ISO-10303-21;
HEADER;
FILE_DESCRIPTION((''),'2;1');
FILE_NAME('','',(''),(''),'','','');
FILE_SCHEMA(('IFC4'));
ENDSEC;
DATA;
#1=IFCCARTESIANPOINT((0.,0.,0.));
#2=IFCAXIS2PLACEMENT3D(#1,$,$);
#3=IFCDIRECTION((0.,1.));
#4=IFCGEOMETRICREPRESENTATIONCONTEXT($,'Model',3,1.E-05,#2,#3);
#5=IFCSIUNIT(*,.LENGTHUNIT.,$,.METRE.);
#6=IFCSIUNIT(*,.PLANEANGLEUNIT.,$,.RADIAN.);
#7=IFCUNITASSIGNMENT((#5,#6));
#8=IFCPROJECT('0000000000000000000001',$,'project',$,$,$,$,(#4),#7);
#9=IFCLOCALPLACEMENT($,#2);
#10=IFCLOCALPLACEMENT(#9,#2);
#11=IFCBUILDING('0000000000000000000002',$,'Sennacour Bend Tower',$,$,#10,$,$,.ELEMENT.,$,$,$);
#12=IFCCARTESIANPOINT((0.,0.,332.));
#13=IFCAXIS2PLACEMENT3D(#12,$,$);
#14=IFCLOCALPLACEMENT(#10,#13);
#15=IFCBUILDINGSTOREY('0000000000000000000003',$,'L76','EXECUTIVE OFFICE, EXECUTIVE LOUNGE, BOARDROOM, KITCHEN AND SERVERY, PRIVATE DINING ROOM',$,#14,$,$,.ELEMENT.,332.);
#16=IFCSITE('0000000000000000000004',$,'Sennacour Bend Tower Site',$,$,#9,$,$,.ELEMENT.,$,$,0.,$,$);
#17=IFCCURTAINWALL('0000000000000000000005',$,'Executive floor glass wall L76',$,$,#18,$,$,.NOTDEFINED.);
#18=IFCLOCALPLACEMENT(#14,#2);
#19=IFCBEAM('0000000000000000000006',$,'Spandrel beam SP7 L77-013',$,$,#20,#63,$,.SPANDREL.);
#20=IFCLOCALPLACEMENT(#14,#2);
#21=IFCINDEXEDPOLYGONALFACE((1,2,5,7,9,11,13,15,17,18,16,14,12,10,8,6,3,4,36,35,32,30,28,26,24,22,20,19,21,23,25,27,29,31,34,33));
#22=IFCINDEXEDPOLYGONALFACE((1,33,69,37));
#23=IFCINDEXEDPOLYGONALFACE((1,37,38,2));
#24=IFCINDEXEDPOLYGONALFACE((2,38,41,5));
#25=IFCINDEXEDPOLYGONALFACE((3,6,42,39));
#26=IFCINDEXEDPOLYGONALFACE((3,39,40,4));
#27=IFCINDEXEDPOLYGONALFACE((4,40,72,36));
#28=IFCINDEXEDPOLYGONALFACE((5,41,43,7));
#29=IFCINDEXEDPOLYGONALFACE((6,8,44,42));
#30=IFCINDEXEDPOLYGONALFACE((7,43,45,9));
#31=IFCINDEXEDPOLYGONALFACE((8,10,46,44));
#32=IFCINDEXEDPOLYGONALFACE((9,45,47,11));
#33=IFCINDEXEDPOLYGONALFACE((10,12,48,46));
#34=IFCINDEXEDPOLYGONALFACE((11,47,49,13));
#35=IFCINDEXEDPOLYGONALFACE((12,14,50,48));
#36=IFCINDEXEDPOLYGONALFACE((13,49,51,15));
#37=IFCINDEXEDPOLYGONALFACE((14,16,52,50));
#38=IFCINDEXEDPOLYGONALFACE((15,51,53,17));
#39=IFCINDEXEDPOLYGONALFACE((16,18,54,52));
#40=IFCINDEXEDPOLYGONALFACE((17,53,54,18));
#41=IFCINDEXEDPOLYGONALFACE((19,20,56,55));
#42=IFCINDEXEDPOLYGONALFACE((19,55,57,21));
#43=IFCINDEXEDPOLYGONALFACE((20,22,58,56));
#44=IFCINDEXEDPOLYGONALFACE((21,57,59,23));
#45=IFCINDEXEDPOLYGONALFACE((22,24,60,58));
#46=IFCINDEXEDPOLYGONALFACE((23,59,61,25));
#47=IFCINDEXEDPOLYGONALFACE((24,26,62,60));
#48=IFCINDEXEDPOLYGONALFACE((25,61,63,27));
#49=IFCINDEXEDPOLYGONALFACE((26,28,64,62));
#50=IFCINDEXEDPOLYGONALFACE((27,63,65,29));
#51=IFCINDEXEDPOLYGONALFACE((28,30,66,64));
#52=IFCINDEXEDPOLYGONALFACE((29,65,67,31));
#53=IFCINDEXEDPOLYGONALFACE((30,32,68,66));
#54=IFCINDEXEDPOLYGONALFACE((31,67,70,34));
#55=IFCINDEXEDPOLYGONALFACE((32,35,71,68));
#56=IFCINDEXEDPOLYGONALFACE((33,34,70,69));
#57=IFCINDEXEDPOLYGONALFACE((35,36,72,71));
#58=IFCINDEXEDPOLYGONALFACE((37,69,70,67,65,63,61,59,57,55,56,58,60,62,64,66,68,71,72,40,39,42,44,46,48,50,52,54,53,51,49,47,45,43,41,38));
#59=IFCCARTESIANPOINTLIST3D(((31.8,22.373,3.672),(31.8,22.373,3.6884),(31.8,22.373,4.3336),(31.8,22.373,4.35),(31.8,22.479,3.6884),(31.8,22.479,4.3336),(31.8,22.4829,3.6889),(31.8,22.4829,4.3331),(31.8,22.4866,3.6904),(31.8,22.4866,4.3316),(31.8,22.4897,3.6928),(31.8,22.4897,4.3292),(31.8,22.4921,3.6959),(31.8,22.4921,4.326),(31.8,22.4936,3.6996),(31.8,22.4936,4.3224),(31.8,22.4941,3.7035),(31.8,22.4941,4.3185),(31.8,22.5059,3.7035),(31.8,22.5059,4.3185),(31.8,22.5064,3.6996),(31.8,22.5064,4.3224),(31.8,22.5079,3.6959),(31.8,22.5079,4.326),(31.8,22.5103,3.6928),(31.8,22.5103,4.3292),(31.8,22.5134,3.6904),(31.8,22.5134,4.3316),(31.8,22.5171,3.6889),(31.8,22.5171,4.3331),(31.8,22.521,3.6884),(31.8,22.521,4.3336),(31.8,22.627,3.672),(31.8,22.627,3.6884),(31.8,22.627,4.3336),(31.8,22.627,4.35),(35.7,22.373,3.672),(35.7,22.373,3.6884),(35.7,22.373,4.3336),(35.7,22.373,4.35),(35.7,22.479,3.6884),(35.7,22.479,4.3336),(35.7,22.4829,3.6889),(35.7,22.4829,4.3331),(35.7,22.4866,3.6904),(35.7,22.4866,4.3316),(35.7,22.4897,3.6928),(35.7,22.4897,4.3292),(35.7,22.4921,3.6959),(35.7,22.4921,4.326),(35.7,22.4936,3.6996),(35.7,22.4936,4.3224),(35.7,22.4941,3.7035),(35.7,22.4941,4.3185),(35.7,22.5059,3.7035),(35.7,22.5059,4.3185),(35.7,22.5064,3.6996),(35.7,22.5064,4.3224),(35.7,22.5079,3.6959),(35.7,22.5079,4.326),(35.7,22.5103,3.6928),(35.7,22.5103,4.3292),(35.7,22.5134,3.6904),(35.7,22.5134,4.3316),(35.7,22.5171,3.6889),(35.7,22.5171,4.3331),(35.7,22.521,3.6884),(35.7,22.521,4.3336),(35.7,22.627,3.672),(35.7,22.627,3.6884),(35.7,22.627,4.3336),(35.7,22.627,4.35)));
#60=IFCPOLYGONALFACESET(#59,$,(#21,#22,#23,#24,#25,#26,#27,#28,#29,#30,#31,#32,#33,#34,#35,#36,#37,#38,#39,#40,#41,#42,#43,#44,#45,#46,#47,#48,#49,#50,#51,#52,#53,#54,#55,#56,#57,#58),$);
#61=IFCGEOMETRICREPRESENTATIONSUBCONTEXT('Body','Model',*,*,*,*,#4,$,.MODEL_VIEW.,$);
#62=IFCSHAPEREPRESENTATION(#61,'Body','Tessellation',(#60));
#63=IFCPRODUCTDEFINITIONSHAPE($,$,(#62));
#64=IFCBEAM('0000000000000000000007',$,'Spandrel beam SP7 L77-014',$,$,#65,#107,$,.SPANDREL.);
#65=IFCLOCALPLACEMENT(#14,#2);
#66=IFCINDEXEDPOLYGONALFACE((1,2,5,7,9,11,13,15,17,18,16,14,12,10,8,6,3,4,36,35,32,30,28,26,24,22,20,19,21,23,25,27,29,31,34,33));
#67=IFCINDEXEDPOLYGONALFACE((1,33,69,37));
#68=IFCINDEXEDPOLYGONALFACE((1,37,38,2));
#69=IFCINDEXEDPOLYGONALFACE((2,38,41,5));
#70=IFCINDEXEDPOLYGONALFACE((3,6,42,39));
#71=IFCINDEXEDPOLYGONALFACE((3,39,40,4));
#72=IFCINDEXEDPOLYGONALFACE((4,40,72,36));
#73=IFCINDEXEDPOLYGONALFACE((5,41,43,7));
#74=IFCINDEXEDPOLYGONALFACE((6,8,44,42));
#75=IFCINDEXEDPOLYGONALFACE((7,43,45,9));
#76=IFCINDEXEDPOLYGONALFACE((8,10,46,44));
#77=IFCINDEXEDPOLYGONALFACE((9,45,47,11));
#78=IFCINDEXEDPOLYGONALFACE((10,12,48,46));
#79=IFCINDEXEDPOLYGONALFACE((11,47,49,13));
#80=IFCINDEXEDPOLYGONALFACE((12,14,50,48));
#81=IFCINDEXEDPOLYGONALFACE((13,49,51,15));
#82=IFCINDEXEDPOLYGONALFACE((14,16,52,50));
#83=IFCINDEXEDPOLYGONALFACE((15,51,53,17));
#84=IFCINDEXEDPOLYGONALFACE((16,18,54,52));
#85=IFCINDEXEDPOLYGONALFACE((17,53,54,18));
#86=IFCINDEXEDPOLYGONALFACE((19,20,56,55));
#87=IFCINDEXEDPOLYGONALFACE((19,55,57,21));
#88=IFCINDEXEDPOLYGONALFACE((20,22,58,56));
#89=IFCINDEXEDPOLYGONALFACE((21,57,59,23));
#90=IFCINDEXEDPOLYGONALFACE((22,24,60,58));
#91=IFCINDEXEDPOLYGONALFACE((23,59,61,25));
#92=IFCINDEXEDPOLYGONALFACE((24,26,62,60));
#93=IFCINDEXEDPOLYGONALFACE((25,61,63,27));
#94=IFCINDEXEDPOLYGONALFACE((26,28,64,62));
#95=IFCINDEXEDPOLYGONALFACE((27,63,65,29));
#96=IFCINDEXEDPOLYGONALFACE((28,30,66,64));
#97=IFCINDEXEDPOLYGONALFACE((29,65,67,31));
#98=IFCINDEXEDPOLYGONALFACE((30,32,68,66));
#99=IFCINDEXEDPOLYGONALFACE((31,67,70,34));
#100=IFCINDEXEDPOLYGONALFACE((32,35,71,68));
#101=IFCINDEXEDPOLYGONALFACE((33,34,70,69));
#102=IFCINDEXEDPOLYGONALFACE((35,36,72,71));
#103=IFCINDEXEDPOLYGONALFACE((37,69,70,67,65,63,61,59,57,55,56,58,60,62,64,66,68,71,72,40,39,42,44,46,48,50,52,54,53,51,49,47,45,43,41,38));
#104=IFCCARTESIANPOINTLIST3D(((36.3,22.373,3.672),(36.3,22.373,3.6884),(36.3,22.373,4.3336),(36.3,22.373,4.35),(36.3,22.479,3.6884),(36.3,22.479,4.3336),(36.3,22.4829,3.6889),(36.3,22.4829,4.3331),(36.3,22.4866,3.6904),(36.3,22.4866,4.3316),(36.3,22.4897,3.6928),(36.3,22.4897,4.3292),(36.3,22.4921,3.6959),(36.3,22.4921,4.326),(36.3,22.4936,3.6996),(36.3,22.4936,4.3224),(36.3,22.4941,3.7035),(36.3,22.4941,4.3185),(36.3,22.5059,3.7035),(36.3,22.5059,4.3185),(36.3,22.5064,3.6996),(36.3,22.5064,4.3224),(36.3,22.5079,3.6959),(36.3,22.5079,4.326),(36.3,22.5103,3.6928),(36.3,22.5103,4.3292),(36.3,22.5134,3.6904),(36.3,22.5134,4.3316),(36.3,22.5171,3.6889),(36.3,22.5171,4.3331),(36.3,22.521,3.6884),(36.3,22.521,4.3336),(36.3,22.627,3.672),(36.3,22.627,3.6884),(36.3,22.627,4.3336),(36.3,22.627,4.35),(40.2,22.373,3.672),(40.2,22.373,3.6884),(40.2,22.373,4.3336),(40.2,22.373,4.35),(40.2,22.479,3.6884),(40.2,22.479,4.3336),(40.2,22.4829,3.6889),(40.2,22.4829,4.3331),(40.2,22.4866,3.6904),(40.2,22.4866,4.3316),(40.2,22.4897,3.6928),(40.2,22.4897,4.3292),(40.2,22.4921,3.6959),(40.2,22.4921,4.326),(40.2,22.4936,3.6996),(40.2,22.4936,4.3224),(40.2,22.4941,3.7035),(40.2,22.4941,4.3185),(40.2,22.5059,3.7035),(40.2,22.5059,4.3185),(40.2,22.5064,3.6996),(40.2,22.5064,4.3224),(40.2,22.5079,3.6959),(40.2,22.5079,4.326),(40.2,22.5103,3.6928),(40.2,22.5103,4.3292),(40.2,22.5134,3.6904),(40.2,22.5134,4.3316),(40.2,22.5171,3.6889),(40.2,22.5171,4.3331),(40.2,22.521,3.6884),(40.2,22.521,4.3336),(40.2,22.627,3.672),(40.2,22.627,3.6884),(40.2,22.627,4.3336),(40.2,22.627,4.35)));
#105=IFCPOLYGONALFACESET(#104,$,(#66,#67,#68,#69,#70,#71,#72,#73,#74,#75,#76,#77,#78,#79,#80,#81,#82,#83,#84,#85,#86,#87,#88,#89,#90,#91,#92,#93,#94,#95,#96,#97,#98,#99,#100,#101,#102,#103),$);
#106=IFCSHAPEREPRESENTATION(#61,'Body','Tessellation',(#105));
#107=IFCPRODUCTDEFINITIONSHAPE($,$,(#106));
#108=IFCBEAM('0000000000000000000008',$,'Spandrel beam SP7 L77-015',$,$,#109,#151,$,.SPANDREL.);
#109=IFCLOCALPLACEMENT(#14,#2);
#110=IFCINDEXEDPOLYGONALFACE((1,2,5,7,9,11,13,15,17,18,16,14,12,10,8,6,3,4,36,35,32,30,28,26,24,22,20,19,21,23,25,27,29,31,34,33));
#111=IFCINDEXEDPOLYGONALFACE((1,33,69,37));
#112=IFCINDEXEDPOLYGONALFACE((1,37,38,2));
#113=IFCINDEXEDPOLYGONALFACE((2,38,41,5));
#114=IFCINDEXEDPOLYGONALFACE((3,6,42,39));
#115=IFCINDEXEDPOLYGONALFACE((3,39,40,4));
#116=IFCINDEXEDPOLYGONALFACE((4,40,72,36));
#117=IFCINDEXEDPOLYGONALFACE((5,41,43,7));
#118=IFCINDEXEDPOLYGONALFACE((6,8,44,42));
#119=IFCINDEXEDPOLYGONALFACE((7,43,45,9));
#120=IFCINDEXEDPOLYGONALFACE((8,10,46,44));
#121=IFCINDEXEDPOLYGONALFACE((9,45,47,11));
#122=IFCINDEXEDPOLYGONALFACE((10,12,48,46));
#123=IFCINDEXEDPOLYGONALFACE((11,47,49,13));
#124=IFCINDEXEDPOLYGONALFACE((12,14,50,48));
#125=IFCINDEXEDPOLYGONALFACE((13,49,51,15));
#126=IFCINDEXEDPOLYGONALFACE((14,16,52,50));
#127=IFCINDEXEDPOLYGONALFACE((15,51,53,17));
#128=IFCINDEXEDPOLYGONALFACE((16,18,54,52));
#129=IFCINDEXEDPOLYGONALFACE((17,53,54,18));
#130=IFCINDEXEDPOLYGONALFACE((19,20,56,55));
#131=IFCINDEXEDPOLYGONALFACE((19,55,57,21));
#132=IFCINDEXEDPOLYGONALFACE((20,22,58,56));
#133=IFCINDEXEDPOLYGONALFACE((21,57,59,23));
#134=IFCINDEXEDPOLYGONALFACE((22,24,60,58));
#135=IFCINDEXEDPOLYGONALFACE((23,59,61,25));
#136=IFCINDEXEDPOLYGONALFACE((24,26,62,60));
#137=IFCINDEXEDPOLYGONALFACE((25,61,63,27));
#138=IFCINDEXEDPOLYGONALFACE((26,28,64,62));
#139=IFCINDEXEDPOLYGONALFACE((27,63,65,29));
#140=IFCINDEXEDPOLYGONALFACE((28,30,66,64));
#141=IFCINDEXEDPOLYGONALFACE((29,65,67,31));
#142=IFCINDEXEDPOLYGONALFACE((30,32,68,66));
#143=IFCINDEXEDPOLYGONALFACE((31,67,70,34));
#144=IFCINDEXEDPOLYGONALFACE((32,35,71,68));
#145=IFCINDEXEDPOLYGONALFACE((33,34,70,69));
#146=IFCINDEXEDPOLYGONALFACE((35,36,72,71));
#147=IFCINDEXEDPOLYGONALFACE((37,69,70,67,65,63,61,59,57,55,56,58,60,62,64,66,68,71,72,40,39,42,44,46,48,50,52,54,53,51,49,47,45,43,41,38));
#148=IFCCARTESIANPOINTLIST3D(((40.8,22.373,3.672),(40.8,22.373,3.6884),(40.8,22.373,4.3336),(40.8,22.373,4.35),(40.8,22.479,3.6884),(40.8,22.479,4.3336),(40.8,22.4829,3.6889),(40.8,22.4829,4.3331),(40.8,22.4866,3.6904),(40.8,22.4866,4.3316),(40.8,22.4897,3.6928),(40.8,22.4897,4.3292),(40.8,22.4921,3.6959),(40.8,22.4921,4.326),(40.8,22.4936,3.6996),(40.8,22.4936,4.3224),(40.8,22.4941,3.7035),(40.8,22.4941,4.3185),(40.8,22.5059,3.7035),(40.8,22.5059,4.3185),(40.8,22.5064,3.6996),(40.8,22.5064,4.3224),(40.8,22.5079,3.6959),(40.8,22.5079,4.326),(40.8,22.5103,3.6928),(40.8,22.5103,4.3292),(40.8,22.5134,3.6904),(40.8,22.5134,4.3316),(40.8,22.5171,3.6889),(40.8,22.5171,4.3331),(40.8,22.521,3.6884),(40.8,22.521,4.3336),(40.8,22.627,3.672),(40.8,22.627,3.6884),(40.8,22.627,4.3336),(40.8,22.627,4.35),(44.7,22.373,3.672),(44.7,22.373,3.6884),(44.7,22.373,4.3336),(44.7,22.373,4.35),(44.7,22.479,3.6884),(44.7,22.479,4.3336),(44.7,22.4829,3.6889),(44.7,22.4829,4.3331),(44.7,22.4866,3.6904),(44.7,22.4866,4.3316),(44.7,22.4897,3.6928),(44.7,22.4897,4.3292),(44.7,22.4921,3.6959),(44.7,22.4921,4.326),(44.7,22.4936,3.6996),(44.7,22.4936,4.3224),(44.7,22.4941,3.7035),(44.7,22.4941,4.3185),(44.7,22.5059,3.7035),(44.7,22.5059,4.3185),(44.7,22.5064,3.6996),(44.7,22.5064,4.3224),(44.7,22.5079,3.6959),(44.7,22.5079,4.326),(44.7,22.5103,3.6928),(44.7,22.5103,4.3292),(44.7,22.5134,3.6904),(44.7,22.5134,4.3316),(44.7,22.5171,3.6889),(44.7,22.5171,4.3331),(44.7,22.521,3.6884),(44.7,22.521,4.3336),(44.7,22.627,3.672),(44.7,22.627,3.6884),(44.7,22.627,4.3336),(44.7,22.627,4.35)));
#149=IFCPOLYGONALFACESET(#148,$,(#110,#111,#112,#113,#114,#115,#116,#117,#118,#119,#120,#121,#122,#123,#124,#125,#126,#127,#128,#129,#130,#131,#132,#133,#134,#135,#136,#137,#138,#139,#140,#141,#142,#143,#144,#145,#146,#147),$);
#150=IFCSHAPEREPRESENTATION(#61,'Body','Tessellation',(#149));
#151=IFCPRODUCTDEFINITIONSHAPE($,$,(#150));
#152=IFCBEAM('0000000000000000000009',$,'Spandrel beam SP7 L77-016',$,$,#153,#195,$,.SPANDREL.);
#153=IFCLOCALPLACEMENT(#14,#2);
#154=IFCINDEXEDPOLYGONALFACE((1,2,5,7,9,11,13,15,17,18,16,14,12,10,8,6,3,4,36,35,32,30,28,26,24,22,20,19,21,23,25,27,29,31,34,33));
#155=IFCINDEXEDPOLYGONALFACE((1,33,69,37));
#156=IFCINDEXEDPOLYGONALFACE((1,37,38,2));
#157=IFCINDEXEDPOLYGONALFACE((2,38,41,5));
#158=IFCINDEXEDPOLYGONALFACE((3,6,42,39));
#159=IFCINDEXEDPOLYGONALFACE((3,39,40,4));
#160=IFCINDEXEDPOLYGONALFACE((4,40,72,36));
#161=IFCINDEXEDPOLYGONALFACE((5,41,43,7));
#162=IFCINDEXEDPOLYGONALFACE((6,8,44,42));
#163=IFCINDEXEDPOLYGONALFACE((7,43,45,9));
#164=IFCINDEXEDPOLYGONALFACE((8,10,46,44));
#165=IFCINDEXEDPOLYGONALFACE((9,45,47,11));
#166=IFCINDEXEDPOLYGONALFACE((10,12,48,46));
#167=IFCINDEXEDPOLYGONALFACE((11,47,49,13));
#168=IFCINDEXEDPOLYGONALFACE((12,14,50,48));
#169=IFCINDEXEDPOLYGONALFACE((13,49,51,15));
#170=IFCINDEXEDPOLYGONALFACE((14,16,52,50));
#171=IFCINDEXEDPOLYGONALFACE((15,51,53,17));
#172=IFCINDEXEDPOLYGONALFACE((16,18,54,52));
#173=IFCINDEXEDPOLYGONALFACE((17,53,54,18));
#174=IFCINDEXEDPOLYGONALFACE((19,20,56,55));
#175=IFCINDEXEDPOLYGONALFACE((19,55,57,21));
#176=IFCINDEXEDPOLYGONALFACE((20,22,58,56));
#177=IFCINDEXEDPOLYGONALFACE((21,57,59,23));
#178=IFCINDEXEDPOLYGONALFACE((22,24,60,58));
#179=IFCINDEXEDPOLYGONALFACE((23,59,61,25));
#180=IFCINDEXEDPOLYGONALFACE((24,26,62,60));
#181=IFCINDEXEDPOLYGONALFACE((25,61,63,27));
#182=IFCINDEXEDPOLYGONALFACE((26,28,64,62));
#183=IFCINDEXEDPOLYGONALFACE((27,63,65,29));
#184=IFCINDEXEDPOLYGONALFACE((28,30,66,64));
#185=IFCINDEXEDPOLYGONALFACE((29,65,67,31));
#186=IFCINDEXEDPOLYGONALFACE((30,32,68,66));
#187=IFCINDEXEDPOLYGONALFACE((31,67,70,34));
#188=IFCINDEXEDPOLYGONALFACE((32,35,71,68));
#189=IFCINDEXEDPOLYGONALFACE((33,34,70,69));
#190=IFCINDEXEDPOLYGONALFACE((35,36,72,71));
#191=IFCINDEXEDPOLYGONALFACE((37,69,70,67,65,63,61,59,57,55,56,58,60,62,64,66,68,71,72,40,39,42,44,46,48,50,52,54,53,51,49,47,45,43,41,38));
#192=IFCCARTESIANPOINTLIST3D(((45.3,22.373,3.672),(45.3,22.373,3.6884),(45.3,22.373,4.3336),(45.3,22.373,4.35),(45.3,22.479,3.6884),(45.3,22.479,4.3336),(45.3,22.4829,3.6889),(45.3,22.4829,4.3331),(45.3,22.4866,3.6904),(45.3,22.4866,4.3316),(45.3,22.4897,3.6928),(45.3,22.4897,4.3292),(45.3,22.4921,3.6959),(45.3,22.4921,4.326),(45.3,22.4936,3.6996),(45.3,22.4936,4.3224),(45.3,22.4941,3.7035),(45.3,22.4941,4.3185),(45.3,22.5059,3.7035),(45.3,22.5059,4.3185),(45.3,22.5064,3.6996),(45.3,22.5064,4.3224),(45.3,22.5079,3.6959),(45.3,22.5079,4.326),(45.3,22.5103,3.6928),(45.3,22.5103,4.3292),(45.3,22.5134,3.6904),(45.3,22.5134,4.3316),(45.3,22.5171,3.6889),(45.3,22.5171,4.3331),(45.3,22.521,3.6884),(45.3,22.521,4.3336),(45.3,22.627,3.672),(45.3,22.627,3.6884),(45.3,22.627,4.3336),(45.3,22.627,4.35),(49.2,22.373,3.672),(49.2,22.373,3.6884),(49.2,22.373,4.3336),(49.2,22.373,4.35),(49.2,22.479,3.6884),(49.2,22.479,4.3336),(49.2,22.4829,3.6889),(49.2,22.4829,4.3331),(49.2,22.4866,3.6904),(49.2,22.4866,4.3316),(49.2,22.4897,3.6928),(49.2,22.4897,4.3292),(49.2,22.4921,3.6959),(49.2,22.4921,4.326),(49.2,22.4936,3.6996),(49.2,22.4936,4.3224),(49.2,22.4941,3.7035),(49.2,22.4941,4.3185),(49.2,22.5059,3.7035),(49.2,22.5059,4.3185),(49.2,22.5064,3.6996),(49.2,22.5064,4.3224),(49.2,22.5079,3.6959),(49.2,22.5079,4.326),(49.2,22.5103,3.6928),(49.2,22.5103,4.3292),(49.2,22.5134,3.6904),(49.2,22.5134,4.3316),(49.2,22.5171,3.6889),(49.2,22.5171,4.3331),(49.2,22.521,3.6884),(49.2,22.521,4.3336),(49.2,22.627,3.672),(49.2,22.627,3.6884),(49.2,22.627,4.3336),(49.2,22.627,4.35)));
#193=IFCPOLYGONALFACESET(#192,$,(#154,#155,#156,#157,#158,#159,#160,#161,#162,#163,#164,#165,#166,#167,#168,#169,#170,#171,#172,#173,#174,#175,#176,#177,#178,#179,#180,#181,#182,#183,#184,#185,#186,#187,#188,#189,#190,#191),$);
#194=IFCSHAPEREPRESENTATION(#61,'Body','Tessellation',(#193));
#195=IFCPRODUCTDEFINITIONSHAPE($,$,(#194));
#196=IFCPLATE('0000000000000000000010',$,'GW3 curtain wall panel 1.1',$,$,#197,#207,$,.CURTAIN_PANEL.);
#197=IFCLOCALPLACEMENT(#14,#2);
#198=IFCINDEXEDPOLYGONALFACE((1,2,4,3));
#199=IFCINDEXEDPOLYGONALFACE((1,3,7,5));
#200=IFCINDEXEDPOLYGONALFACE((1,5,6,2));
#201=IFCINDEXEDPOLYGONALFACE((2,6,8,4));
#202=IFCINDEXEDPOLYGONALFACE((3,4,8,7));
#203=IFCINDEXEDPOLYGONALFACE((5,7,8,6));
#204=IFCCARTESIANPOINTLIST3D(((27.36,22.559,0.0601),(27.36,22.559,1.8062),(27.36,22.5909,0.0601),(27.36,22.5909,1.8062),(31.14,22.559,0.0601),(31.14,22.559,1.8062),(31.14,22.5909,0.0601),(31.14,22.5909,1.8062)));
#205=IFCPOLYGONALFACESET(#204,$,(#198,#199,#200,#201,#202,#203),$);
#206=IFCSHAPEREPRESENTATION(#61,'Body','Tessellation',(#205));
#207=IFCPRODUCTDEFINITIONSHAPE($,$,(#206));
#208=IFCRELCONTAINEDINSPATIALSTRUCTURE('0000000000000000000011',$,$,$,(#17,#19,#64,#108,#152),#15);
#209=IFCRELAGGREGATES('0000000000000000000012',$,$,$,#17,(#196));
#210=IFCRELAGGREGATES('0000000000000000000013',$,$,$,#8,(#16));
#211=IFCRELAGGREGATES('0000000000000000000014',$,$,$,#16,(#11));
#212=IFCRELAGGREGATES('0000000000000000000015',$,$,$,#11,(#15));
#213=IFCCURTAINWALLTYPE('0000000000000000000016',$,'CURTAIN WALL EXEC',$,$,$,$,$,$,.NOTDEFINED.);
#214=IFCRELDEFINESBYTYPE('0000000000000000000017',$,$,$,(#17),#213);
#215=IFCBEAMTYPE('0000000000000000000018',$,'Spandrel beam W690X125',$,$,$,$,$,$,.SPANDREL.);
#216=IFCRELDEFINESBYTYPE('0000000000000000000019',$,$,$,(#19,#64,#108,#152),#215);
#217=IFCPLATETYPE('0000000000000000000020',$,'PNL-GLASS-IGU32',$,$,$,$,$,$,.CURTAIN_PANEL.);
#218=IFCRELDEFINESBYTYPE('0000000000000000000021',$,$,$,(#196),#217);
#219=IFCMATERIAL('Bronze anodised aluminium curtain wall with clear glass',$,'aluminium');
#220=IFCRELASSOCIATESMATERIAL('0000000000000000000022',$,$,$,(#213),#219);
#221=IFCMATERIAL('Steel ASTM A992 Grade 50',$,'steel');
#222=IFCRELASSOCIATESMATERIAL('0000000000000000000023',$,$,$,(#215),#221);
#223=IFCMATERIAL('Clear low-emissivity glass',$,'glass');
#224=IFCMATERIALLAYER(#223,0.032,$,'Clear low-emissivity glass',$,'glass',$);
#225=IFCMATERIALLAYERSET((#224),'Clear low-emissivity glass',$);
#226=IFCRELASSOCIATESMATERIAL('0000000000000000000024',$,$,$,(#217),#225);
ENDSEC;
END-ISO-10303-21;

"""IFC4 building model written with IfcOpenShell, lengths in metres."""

from ifc_helpers import new_model, si_unit, direction, frame, origin, origin_2d, place, context, subcontext, project, spatial, rectangle, i_section, extrude, material, layer, layer_set, material_profile, profile_set, type_object, element, aggregate, save


model = new_model("IFC4")

# Units and contexts
model_context = context("Model", 3, precision=1e-05, world=origin(), true_north=direction((0.0, 1.0)))
body_context = subcontext(model_context, "Body", "Model", "MODEL_VIEW")
ifc_project = project(units=[si_unit("LENGTHUNIT", "METRE"), si_unit("PLANEANGLEUNIT", "RADIAN")], contexts=[model_context])

# Site, building, storey
site_placement = place(None, origin())
site = spatial("IfcSite", under=ifc_project, at=site_placement, Name="Sennacour Bend Tower Site", CompositionType="ELEMENT", RefElevation=0.0)
building_placement = place(site_placement, origin())
building = spatial("IfcBuilding", under=site, at=building_placement, Name="Sennacour Bend Tower", CompositionType="ELEMENT")
storey_placement = place(building_placement, frame((0.0, 0.0, 332.0)))
storey = spatial("IfcBuildingStorey", under=building, at=storey_placement, Name="L76", Description="EXECUTIVE OFFICE, EXECUTIVE LOUNGE, BOARDROOM, KITCHEN AND SERVERY, PRIVATE DINING ROOM", CompositionType="ELEMENT", Elevation=332.0)

# Curtain wall
ifc_material_1 = material(Name="Bronze anodised aluminium curtain wall with clear glass", Category="aluminium")
curtain_wall_type = type_object("IfcCurtainWallType", Name="CURTAIN WALL EXEC", PredefinedType="NOTDEFINED", material=ifc_material_1)
curtain_wall_placement = place(storey_placement, origin())
curtain_wall = element("IfcCurtainWall", 1, at=curtain_wall_placement, inside=storey, type_object=curtain_wall_type, Name="Executive floor glass wall L76", PredefinedType="NOTDEFINED")

# Beams
ifc_material_2 = material(Name="Steel ASTM A992 Grade 50", Category="steel")
ifc_material_profile_1 = material_profile(ifc_material_2, i_section(OverallWidth=0.2539, OverallDepth=0.678, WebThickness=0.0117, FlangeThickness=0.0164, FilletRadius=0.0151, at=origin_2d()), Name="Steel ASTM A992 Grade 50", Category="steel")
ifc_profile_set_1 = profile_set([ifc_material_profile_1], Name="Steel ASTM A992 Grade 50")
beam_type_1 = type_object("IfcBeamType", Name="Spandrel beam W690X125", PredefinedType="SPANDREL", material=ifc_profile_set_1)
for number, where, z_axis, x_axis, name in (
    (2, (31.8, 22.5, 4.011), (1.0, 0.0, 0.0), (0.0, 1.0, 0.0), "Spandrel beam SP7 L77-013"),
    (3, (36.3, 22.5, 4.011), (1.0, 0.0, 0.0), (0.0, 1.0, 0.0), "Spandrel beam SP7 L77-014"),
    (4, (40.8, 22.5, 4.011), (1.0, 0.0, 0.0), (0.0, 1.0, 0.0), "Spandrel beam SP7 L77-015"),
    (5, (45.3, 22.5, 4.011), (1.0, 0.0, 0.0), (0.0, 1.0, 0.0), "Spandrel beam SP7 L77-016"),
):
    element("IfcBeam", number, at=place(storey_placement, frame(where, z_axis=z_axis, x_axis=x_axis)), inside=storey, type_object=beam_type_1, Name=name, PredefinedType="SPANDREL", context=body_context, shape_type="SweptSolid", body=[
        extrude(i_section(OverallWidth=0.2539, OverallDepth=0.678, WebThickness=0.0117, FlangeThickness=0.0164, FilletRadius=0.0151, at=origin_2d()), origin(), (0.0, 0.0, 1.0), 3.8999),
    ])

# Plate
ifc_material_3 = material(Name="Clear low-emissivity glass", Category="glass")
ifc_layer_1 = layer(ifc_material_3, 0.032, Name="Clear low-emissivity glass", Category="glass")
ifc_layer_set_1 = layer_set([ifc_layer_1], Name="Clear low-emissivity glass")
plate_type = type_object("IfcPlateType", Name="PNL-GLASS-IGU32", PredefinedType="CURTAIN_PANEL", material=ifc_layer_set_1)
plate_1_placement = place(storey_placement, frame((29.25, 22.575, 0.0601), z_axis=(0.0, 0.0, 1.0), x_axis=(-1.0, 0.0, 0.0)))
plate_1 = element("IfcPlate", 6, at=plate_1_placement, type_object=plate_type, Name="GW3 curtain wall panel 1.1", PredefinedType="CURTAIN_PANEL", context=body_context, shape_type="SweptSolid", body=[
    extrude(rectangle(XDim=3.78, YDim=0.032, at=origin_2d()), origin(), (0.0, 0.0, 1.0), 1.7461),
])
aggregate(curtain_wall, [plate_1])

save(model, "model.ifc")
